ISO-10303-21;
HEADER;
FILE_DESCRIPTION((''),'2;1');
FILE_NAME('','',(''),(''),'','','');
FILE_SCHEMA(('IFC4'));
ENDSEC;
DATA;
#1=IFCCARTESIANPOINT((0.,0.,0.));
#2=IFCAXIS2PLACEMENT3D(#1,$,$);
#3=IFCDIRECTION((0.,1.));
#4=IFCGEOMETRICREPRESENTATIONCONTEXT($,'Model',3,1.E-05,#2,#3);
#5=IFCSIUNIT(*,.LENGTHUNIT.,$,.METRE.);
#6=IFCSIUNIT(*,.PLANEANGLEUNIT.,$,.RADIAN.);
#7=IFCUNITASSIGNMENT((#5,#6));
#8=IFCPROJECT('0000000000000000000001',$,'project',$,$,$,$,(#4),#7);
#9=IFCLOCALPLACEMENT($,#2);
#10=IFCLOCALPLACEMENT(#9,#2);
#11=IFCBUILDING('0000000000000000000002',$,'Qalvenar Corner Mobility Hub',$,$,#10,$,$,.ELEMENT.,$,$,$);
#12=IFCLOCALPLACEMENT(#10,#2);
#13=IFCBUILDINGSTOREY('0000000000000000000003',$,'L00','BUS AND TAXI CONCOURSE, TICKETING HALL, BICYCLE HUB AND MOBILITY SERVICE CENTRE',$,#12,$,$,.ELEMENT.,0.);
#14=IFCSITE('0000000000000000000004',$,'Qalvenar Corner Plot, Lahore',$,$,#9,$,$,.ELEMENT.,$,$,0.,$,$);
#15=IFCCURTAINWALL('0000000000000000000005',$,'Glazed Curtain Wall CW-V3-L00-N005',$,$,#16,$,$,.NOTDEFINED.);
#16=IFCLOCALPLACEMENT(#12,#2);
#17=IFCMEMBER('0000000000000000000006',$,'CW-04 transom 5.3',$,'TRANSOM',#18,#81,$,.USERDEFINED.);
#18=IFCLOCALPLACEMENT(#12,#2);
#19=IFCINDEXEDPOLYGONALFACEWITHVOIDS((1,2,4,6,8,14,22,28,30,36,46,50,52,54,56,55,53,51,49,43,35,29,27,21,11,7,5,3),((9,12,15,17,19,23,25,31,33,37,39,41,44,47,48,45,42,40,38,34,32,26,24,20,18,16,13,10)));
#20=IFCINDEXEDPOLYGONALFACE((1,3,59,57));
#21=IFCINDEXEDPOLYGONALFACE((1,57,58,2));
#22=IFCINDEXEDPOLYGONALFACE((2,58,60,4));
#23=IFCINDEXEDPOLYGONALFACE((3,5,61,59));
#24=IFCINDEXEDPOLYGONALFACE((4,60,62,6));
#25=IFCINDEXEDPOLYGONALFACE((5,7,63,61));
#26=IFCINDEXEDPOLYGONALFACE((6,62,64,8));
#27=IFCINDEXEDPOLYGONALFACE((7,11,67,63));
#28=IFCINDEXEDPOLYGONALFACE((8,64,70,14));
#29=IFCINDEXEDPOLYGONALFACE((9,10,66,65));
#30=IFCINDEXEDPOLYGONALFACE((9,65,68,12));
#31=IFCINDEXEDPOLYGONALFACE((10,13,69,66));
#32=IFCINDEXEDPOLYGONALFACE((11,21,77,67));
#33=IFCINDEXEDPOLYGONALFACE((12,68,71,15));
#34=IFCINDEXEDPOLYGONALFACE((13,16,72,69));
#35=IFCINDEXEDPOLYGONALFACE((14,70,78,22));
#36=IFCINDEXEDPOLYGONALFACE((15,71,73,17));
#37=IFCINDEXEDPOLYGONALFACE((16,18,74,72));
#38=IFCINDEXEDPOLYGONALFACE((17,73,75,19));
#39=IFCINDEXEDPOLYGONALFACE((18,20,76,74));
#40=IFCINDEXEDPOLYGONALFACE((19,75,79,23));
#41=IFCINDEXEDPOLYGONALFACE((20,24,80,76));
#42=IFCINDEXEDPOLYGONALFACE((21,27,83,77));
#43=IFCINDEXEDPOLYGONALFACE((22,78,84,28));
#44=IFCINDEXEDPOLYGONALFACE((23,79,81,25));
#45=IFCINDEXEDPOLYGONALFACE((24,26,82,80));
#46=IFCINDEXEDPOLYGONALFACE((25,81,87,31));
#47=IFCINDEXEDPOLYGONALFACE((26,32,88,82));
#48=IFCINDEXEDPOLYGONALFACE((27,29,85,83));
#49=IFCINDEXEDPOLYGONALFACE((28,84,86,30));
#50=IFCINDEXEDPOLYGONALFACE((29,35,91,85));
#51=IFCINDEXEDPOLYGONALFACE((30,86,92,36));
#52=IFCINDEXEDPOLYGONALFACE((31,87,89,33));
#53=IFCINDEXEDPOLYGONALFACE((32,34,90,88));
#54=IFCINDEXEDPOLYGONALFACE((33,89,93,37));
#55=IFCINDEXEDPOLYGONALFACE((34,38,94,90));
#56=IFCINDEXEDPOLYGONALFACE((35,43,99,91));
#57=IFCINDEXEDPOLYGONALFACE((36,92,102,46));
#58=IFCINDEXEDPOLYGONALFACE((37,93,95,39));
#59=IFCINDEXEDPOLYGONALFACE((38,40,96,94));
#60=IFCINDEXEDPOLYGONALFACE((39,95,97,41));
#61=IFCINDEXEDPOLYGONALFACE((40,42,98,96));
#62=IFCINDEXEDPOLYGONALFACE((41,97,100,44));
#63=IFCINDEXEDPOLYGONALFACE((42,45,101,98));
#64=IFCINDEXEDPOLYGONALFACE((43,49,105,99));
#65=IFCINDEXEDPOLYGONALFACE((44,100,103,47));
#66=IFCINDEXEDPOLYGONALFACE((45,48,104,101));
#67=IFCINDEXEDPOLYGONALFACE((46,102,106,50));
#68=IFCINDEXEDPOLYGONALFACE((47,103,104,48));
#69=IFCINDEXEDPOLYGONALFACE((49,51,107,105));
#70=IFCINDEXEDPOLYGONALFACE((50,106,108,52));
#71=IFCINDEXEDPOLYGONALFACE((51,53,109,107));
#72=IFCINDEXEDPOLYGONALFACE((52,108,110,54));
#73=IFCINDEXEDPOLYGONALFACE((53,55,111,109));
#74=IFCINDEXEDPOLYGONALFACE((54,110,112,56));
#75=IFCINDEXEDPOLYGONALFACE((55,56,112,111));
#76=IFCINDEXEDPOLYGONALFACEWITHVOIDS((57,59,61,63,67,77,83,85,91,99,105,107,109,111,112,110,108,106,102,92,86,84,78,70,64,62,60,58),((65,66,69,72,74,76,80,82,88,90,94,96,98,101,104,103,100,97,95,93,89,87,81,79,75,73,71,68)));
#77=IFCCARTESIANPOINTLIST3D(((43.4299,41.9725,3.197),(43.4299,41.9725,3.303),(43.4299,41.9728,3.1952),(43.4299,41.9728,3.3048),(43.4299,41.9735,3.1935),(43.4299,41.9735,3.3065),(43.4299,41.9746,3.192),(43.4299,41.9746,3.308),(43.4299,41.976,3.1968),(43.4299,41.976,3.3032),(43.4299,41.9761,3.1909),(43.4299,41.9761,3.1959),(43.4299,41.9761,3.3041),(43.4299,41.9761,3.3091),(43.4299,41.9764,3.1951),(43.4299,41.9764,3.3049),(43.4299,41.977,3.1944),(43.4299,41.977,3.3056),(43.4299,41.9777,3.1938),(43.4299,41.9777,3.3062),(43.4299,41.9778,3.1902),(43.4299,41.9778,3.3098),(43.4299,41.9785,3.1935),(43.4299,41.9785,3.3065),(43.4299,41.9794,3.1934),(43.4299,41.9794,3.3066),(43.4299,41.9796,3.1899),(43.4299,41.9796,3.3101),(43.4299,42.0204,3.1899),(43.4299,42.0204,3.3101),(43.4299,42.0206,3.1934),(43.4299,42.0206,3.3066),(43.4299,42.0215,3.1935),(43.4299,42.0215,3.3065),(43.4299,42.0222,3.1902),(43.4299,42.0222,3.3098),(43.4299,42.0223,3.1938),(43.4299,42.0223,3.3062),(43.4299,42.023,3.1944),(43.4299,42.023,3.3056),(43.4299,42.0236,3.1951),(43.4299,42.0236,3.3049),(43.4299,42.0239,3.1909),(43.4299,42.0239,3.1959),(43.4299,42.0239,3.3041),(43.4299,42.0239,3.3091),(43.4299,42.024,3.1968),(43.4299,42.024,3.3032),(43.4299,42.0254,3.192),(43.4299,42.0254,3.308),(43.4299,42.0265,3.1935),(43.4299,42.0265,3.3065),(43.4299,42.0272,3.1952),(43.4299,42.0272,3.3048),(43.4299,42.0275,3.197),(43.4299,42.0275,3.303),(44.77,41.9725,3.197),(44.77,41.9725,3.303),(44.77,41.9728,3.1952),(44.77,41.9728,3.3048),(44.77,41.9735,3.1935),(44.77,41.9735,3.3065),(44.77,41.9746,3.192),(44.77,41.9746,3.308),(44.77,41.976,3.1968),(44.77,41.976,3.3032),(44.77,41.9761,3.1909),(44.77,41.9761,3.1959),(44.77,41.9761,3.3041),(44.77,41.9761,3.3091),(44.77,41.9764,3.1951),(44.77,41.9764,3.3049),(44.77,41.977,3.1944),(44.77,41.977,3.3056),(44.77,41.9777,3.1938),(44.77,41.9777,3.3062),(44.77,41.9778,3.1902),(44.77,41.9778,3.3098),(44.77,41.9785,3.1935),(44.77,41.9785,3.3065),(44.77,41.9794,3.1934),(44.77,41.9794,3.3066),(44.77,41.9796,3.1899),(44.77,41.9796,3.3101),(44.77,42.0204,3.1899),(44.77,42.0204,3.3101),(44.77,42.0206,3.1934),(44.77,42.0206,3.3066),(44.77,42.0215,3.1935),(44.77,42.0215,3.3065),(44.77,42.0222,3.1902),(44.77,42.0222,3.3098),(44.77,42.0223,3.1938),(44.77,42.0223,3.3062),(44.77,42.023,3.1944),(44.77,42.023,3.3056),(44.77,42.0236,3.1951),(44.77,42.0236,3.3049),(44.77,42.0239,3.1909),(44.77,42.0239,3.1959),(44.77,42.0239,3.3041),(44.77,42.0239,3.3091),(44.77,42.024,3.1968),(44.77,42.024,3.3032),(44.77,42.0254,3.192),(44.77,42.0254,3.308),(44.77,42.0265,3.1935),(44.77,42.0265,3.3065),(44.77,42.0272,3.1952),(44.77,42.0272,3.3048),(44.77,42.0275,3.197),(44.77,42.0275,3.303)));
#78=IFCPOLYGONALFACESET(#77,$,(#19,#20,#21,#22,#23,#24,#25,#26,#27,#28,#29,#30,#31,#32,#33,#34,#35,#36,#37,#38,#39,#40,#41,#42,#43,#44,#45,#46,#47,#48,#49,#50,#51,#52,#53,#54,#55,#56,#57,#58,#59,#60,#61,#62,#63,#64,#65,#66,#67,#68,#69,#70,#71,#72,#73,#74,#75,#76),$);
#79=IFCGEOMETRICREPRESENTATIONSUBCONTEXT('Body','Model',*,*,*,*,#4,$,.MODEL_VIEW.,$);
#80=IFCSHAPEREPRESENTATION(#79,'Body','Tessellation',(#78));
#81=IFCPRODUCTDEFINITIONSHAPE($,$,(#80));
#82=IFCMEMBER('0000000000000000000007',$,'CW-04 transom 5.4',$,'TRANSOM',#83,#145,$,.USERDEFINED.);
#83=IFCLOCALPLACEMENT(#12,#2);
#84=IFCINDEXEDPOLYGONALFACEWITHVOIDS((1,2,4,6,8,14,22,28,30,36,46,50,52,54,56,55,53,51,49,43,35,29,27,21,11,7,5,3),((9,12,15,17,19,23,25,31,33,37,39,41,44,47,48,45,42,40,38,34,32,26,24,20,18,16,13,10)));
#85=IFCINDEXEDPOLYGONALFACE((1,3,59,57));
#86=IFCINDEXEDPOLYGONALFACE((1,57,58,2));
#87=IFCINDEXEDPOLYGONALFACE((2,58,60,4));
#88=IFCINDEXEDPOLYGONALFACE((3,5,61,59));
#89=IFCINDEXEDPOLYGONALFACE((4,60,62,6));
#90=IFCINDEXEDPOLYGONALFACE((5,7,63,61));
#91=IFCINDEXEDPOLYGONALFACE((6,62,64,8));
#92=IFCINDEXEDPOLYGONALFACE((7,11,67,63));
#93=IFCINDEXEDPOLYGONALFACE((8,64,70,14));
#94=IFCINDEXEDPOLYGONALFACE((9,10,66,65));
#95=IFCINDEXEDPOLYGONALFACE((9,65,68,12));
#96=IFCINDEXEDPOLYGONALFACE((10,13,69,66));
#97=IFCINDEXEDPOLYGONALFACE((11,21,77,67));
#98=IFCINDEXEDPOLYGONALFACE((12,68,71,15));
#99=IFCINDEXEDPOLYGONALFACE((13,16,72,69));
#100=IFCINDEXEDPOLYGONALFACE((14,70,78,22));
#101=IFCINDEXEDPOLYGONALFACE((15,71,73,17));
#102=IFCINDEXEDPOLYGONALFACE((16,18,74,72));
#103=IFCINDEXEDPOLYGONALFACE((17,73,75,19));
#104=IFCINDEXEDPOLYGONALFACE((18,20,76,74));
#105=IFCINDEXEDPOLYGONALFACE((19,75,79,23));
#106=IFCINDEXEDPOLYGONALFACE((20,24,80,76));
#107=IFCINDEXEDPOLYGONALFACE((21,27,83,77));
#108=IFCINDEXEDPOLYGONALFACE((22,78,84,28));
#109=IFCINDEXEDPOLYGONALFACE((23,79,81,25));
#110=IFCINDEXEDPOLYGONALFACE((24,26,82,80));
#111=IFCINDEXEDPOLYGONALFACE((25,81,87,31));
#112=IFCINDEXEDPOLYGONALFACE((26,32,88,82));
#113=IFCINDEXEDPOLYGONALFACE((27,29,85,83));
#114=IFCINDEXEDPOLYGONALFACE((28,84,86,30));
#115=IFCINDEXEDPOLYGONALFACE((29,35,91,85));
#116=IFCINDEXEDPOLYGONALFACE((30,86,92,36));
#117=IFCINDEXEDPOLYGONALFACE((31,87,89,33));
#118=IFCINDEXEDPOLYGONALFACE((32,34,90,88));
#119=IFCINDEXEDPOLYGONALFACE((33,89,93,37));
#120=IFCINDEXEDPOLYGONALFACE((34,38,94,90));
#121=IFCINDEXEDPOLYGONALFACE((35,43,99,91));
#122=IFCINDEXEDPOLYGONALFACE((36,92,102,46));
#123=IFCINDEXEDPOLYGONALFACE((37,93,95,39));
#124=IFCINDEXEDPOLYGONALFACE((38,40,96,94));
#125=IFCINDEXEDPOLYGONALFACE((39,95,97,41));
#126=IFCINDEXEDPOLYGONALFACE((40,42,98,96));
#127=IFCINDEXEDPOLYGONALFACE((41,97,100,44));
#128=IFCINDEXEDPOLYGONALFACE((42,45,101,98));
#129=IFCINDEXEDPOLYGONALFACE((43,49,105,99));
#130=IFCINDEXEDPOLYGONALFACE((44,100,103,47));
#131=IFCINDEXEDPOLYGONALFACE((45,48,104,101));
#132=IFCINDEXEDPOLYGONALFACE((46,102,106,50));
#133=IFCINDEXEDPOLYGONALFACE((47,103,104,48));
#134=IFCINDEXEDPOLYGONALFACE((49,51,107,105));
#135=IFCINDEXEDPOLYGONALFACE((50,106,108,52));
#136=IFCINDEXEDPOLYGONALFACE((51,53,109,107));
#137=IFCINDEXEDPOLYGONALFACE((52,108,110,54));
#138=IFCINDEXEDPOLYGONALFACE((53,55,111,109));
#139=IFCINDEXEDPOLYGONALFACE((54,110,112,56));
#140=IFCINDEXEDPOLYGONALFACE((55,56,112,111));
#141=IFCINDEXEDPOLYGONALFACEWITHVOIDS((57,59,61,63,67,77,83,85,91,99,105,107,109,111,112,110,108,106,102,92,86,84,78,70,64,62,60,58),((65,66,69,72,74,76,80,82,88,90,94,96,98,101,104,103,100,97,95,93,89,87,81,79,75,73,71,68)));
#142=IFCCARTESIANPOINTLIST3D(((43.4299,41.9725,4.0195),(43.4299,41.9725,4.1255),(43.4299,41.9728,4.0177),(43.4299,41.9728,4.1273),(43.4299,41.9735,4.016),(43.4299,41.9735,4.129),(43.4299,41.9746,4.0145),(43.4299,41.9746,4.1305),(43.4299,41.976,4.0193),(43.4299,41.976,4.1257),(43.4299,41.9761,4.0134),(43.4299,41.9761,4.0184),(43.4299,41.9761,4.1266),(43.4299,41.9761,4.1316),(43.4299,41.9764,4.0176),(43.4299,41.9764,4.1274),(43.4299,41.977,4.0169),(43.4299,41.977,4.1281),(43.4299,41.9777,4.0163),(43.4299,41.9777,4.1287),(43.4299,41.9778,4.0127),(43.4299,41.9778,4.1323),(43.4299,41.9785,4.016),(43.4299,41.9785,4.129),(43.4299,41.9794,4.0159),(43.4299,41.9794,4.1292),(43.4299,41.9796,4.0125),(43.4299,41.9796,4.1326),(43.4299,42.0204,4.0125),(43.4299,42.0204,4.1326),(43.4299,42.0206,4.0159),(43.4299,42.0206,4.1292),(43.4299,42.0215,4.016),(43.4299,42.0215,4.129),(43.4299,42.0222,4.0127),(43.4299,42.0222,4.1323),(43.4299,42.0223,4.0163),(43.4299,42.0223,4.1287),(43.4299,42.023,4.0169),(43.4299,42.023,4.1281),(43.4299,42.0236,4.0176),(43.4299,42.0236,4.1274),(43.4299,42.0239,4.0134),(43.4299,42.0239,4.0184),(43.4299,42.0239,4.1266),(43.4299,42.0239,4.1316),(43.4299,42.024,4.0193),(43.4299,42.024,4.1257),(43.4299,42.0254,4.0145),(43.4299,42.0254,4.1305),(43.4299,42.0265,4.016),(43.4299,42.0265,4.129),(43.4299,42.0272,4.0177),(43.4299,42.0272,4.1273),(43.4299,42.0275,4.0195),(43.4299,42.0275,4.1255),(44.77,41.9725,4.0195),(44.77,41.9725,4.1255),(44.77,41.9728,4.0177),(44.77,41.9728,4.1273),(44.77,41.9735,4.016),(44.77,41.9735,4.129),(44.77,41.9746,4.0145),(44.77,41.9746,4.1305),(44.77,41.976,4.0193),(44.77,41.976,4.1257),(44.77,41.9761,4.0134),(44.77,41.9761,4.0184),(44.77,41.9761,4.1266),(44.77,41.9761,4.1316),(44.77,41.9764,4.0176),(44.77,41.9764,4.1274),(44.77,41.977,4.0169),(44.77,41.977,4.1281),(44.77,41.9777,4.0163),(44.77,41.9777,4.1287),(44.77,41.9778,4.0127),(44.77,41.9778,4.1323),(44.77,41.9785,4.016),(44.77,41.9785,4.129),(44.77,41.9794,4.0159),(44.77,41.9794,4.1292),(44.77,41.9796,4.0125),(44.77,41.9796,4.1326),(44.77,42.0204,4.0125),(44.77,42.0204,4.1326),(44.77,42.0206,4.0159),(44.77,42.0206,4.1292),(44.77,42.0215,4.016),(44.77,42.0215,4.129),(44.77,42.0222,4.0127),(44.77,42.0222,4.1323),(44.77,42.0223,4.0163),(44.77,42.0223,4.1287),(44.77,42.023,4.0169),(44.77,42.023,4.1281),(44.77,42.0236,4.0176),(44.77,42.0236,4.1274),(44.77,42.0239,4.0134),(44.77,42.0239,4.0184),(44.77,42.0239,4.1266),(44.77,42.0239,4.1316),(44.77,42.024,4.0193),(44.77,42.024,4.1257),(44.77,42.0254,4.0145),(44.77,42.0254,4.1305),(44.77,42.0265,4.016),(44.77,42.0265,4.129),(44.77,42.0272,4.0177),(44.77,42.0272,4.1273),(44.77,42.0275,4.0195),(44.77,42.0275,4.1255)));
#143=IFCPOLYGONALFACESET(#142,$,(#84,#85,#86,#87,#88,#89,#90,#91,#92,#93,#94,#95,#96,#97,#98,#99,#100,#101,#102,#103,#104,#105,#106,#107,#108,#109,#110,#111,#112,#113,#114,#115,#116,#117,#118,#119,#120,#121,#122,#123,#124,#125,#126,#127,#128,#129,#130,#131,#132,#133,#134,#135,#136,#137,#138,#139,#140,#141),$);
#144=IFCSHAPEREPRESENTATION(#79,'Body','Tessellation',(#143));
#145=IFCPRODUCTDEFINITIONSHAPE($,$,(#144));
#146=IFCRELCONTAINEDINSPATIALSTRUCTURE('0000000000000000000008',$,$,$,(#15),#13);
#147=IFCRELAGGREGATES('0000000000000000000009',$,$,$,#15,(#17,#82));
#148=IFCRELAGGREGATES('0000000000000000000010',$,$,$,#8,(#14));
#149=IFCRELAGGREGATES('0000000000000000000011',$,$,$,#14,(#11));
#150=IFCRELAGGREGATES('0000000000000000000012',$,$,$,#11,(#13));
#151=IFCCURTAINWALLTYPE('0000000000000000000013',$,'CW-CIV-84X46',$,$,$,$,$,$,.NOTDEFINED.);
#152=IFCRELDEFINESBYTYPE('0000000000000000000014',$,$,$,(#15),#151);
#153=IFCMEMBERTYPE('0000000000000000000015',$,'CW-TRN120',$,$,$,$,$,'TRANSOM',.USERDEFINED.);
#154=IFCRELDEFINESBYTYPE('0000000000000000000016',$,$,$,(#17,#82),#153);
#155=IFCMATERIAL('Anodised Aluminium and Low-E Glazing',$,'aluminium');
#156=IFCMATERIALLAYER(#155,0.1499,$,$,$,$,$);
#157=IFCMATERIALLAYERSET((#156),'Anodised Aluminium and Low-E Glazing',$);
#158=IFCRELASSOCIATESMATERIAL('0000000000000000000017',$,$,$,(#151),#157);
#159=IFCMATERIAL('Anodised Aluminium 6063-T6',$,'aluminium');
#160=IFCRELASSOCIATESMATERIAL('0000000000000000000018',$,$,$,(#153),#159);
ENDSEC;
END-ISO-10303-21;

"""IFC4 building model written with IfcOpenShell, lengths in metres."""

from ifc_helpers import new_model, si_unit, direction, frame, origin, origin_2d, place, context, subcontext, project, spatial, hollow_rectangle, extrude, material, layer, layer_set, material_profile, profile_set, type_object, element, aggregate, save


model = new_model("IFC4")

# Units and contexts
model_context = context("Model", 3, precision=1e-05, world=origin(), true_north=direction((0.0, 1.0)))
body_context = subcontext(model_context, "Body", "Model", "MODEL_VIEW")
ifc_project = project(units=[si_unit("LENGTHUNIT", "METRE"), si_unit("PLANEANGLEUNIT", "RADIAN")], contexts=[model_context])

# Site, building, storey
site_placement = place(None, origin())
site = spatial("IfcSite", under=ifc_project, at=site_placement, Name="Qalvenar Corner Plot, Lahore", CompositionType="ELEMENT", RefElevation=0.0)
building_placement = place(site_placement, origin())
building = spatial("IfcBuilding", under=site, at=building_placement, Name="Qalvenar Corner Mobility Hub", CompositionType="ELEMENT")
storey_placement = place(building_placement, origin())
storey = spatial("IfcBuildingStorey", under=building, at=storey_placement, Name="L00", Description="BUS AND TAXI CONCOURSE, TICKETING HALL, BICYCLE HUB AND MOBILITY SERVICE CENTRE", CompositionType="ELEMENT", Elevation=0.0)

# Curtain wall
ifc_material_1 = material(Name="Anodised Aluminium and Low-E Glazing", Category="aluminium")
ifc_layer_1 = layer(ifc_material_1, 0.1499)
ifc_layer_set_1 = layer_set([ifc_layer_1], Name="Anodised Aluminium and Low-E Glazing")
curtain_wall_type = type_object("IfcCurtainWallType", Name="CW-CIV-84X46", PredefinedType="NOTDEFINED", material=ifc_layer_set_1)
curtain_wall_1_placement = place(storey_placement, origin())
curtain_wall_1 = element("IfcCurtainWall", 1, at=curtain_wall_1_placement, inside=storey, type_object=curtain_wall_type, Name="Glazed Curtain Wall CW-V3-L00-N005", PredefinedType="NOTDEFINED")
ifc_material_2 = material(Name="Anodised Aluminium 6063-T6", Category="aluminium")

# Members
ifc_material_profile_1 = material_profile(ifc_material_2, hollow_rectangle(XDim=0.0549, YDim=0.1201, WallThickness=0.0034, InnerFilletRadius=0.0034, OuterFilletRadius=0.0071, at=origin_2d()), Name="RHS120x55x3.5")
ifc_profile_set_1 = profile_set([ifc_material_profile_1], Name="Anodised Aluminium 6063-T6")
member_type_1 = type_object("IfcMemberType", Name="CW-TRN120", ElementType="TRANSOM", PredefinedType="USERDEFINED", material=ifc_profile_set_1)
member_1_placement = place(storey_placement, frame((44.77, 42.0, 3.25), z_axis=(-1.0, 0.0, 0.0), x_axis=(0.0, -1.0, 0.0)))
member_1 = element("IfcMember", 2, at=member_1_placement, type_object=member_type_1, Name="CW-04 transom 5.3", ObjectType="TRANSOM", PredefinedType="USERDEFINED", context=body_context, shape_type="SweptSolid", body=[
    extrude(hollow_rectangle(XDim=0.0549, YDim=0.1201, WallThickness=0.0034, InnerFilletRadius=0.0034, OuterFilletRadius=0.0071, at=origin_2d()), origin(), (0.0, 0.0, 1.0), 1.3401),
])
member_2_placement = place(storey_placement, frame((44.77, 42.0, 4.0725), z_axis=(-1.0, 0.0, 0.0), x_axis=(0.0, -1.0, 0.0)))
member_2 = element("IfcMember", 3, at=member_2_placement, type_object=member_type_1, Name="CW-04 transom 5.4", ObjectType="TRANSOM", PredefinedType="USERDEFINED", context=body_context, shape_type="SweptSolid", body=[
    extrude(hollow_rectangle(XDim=0.0549, YDim=0.1201, WallThickness=0.0034, InnerFilletRadius=0.0034, OuterFilletRadius=0.0071, at=origin_2d()), origin(), (0.0, 0.0, 1.0), 1.3401),
])

aggregate(curtain_wall_1, [member_1, member_2])

save(model, "model.ifc")
